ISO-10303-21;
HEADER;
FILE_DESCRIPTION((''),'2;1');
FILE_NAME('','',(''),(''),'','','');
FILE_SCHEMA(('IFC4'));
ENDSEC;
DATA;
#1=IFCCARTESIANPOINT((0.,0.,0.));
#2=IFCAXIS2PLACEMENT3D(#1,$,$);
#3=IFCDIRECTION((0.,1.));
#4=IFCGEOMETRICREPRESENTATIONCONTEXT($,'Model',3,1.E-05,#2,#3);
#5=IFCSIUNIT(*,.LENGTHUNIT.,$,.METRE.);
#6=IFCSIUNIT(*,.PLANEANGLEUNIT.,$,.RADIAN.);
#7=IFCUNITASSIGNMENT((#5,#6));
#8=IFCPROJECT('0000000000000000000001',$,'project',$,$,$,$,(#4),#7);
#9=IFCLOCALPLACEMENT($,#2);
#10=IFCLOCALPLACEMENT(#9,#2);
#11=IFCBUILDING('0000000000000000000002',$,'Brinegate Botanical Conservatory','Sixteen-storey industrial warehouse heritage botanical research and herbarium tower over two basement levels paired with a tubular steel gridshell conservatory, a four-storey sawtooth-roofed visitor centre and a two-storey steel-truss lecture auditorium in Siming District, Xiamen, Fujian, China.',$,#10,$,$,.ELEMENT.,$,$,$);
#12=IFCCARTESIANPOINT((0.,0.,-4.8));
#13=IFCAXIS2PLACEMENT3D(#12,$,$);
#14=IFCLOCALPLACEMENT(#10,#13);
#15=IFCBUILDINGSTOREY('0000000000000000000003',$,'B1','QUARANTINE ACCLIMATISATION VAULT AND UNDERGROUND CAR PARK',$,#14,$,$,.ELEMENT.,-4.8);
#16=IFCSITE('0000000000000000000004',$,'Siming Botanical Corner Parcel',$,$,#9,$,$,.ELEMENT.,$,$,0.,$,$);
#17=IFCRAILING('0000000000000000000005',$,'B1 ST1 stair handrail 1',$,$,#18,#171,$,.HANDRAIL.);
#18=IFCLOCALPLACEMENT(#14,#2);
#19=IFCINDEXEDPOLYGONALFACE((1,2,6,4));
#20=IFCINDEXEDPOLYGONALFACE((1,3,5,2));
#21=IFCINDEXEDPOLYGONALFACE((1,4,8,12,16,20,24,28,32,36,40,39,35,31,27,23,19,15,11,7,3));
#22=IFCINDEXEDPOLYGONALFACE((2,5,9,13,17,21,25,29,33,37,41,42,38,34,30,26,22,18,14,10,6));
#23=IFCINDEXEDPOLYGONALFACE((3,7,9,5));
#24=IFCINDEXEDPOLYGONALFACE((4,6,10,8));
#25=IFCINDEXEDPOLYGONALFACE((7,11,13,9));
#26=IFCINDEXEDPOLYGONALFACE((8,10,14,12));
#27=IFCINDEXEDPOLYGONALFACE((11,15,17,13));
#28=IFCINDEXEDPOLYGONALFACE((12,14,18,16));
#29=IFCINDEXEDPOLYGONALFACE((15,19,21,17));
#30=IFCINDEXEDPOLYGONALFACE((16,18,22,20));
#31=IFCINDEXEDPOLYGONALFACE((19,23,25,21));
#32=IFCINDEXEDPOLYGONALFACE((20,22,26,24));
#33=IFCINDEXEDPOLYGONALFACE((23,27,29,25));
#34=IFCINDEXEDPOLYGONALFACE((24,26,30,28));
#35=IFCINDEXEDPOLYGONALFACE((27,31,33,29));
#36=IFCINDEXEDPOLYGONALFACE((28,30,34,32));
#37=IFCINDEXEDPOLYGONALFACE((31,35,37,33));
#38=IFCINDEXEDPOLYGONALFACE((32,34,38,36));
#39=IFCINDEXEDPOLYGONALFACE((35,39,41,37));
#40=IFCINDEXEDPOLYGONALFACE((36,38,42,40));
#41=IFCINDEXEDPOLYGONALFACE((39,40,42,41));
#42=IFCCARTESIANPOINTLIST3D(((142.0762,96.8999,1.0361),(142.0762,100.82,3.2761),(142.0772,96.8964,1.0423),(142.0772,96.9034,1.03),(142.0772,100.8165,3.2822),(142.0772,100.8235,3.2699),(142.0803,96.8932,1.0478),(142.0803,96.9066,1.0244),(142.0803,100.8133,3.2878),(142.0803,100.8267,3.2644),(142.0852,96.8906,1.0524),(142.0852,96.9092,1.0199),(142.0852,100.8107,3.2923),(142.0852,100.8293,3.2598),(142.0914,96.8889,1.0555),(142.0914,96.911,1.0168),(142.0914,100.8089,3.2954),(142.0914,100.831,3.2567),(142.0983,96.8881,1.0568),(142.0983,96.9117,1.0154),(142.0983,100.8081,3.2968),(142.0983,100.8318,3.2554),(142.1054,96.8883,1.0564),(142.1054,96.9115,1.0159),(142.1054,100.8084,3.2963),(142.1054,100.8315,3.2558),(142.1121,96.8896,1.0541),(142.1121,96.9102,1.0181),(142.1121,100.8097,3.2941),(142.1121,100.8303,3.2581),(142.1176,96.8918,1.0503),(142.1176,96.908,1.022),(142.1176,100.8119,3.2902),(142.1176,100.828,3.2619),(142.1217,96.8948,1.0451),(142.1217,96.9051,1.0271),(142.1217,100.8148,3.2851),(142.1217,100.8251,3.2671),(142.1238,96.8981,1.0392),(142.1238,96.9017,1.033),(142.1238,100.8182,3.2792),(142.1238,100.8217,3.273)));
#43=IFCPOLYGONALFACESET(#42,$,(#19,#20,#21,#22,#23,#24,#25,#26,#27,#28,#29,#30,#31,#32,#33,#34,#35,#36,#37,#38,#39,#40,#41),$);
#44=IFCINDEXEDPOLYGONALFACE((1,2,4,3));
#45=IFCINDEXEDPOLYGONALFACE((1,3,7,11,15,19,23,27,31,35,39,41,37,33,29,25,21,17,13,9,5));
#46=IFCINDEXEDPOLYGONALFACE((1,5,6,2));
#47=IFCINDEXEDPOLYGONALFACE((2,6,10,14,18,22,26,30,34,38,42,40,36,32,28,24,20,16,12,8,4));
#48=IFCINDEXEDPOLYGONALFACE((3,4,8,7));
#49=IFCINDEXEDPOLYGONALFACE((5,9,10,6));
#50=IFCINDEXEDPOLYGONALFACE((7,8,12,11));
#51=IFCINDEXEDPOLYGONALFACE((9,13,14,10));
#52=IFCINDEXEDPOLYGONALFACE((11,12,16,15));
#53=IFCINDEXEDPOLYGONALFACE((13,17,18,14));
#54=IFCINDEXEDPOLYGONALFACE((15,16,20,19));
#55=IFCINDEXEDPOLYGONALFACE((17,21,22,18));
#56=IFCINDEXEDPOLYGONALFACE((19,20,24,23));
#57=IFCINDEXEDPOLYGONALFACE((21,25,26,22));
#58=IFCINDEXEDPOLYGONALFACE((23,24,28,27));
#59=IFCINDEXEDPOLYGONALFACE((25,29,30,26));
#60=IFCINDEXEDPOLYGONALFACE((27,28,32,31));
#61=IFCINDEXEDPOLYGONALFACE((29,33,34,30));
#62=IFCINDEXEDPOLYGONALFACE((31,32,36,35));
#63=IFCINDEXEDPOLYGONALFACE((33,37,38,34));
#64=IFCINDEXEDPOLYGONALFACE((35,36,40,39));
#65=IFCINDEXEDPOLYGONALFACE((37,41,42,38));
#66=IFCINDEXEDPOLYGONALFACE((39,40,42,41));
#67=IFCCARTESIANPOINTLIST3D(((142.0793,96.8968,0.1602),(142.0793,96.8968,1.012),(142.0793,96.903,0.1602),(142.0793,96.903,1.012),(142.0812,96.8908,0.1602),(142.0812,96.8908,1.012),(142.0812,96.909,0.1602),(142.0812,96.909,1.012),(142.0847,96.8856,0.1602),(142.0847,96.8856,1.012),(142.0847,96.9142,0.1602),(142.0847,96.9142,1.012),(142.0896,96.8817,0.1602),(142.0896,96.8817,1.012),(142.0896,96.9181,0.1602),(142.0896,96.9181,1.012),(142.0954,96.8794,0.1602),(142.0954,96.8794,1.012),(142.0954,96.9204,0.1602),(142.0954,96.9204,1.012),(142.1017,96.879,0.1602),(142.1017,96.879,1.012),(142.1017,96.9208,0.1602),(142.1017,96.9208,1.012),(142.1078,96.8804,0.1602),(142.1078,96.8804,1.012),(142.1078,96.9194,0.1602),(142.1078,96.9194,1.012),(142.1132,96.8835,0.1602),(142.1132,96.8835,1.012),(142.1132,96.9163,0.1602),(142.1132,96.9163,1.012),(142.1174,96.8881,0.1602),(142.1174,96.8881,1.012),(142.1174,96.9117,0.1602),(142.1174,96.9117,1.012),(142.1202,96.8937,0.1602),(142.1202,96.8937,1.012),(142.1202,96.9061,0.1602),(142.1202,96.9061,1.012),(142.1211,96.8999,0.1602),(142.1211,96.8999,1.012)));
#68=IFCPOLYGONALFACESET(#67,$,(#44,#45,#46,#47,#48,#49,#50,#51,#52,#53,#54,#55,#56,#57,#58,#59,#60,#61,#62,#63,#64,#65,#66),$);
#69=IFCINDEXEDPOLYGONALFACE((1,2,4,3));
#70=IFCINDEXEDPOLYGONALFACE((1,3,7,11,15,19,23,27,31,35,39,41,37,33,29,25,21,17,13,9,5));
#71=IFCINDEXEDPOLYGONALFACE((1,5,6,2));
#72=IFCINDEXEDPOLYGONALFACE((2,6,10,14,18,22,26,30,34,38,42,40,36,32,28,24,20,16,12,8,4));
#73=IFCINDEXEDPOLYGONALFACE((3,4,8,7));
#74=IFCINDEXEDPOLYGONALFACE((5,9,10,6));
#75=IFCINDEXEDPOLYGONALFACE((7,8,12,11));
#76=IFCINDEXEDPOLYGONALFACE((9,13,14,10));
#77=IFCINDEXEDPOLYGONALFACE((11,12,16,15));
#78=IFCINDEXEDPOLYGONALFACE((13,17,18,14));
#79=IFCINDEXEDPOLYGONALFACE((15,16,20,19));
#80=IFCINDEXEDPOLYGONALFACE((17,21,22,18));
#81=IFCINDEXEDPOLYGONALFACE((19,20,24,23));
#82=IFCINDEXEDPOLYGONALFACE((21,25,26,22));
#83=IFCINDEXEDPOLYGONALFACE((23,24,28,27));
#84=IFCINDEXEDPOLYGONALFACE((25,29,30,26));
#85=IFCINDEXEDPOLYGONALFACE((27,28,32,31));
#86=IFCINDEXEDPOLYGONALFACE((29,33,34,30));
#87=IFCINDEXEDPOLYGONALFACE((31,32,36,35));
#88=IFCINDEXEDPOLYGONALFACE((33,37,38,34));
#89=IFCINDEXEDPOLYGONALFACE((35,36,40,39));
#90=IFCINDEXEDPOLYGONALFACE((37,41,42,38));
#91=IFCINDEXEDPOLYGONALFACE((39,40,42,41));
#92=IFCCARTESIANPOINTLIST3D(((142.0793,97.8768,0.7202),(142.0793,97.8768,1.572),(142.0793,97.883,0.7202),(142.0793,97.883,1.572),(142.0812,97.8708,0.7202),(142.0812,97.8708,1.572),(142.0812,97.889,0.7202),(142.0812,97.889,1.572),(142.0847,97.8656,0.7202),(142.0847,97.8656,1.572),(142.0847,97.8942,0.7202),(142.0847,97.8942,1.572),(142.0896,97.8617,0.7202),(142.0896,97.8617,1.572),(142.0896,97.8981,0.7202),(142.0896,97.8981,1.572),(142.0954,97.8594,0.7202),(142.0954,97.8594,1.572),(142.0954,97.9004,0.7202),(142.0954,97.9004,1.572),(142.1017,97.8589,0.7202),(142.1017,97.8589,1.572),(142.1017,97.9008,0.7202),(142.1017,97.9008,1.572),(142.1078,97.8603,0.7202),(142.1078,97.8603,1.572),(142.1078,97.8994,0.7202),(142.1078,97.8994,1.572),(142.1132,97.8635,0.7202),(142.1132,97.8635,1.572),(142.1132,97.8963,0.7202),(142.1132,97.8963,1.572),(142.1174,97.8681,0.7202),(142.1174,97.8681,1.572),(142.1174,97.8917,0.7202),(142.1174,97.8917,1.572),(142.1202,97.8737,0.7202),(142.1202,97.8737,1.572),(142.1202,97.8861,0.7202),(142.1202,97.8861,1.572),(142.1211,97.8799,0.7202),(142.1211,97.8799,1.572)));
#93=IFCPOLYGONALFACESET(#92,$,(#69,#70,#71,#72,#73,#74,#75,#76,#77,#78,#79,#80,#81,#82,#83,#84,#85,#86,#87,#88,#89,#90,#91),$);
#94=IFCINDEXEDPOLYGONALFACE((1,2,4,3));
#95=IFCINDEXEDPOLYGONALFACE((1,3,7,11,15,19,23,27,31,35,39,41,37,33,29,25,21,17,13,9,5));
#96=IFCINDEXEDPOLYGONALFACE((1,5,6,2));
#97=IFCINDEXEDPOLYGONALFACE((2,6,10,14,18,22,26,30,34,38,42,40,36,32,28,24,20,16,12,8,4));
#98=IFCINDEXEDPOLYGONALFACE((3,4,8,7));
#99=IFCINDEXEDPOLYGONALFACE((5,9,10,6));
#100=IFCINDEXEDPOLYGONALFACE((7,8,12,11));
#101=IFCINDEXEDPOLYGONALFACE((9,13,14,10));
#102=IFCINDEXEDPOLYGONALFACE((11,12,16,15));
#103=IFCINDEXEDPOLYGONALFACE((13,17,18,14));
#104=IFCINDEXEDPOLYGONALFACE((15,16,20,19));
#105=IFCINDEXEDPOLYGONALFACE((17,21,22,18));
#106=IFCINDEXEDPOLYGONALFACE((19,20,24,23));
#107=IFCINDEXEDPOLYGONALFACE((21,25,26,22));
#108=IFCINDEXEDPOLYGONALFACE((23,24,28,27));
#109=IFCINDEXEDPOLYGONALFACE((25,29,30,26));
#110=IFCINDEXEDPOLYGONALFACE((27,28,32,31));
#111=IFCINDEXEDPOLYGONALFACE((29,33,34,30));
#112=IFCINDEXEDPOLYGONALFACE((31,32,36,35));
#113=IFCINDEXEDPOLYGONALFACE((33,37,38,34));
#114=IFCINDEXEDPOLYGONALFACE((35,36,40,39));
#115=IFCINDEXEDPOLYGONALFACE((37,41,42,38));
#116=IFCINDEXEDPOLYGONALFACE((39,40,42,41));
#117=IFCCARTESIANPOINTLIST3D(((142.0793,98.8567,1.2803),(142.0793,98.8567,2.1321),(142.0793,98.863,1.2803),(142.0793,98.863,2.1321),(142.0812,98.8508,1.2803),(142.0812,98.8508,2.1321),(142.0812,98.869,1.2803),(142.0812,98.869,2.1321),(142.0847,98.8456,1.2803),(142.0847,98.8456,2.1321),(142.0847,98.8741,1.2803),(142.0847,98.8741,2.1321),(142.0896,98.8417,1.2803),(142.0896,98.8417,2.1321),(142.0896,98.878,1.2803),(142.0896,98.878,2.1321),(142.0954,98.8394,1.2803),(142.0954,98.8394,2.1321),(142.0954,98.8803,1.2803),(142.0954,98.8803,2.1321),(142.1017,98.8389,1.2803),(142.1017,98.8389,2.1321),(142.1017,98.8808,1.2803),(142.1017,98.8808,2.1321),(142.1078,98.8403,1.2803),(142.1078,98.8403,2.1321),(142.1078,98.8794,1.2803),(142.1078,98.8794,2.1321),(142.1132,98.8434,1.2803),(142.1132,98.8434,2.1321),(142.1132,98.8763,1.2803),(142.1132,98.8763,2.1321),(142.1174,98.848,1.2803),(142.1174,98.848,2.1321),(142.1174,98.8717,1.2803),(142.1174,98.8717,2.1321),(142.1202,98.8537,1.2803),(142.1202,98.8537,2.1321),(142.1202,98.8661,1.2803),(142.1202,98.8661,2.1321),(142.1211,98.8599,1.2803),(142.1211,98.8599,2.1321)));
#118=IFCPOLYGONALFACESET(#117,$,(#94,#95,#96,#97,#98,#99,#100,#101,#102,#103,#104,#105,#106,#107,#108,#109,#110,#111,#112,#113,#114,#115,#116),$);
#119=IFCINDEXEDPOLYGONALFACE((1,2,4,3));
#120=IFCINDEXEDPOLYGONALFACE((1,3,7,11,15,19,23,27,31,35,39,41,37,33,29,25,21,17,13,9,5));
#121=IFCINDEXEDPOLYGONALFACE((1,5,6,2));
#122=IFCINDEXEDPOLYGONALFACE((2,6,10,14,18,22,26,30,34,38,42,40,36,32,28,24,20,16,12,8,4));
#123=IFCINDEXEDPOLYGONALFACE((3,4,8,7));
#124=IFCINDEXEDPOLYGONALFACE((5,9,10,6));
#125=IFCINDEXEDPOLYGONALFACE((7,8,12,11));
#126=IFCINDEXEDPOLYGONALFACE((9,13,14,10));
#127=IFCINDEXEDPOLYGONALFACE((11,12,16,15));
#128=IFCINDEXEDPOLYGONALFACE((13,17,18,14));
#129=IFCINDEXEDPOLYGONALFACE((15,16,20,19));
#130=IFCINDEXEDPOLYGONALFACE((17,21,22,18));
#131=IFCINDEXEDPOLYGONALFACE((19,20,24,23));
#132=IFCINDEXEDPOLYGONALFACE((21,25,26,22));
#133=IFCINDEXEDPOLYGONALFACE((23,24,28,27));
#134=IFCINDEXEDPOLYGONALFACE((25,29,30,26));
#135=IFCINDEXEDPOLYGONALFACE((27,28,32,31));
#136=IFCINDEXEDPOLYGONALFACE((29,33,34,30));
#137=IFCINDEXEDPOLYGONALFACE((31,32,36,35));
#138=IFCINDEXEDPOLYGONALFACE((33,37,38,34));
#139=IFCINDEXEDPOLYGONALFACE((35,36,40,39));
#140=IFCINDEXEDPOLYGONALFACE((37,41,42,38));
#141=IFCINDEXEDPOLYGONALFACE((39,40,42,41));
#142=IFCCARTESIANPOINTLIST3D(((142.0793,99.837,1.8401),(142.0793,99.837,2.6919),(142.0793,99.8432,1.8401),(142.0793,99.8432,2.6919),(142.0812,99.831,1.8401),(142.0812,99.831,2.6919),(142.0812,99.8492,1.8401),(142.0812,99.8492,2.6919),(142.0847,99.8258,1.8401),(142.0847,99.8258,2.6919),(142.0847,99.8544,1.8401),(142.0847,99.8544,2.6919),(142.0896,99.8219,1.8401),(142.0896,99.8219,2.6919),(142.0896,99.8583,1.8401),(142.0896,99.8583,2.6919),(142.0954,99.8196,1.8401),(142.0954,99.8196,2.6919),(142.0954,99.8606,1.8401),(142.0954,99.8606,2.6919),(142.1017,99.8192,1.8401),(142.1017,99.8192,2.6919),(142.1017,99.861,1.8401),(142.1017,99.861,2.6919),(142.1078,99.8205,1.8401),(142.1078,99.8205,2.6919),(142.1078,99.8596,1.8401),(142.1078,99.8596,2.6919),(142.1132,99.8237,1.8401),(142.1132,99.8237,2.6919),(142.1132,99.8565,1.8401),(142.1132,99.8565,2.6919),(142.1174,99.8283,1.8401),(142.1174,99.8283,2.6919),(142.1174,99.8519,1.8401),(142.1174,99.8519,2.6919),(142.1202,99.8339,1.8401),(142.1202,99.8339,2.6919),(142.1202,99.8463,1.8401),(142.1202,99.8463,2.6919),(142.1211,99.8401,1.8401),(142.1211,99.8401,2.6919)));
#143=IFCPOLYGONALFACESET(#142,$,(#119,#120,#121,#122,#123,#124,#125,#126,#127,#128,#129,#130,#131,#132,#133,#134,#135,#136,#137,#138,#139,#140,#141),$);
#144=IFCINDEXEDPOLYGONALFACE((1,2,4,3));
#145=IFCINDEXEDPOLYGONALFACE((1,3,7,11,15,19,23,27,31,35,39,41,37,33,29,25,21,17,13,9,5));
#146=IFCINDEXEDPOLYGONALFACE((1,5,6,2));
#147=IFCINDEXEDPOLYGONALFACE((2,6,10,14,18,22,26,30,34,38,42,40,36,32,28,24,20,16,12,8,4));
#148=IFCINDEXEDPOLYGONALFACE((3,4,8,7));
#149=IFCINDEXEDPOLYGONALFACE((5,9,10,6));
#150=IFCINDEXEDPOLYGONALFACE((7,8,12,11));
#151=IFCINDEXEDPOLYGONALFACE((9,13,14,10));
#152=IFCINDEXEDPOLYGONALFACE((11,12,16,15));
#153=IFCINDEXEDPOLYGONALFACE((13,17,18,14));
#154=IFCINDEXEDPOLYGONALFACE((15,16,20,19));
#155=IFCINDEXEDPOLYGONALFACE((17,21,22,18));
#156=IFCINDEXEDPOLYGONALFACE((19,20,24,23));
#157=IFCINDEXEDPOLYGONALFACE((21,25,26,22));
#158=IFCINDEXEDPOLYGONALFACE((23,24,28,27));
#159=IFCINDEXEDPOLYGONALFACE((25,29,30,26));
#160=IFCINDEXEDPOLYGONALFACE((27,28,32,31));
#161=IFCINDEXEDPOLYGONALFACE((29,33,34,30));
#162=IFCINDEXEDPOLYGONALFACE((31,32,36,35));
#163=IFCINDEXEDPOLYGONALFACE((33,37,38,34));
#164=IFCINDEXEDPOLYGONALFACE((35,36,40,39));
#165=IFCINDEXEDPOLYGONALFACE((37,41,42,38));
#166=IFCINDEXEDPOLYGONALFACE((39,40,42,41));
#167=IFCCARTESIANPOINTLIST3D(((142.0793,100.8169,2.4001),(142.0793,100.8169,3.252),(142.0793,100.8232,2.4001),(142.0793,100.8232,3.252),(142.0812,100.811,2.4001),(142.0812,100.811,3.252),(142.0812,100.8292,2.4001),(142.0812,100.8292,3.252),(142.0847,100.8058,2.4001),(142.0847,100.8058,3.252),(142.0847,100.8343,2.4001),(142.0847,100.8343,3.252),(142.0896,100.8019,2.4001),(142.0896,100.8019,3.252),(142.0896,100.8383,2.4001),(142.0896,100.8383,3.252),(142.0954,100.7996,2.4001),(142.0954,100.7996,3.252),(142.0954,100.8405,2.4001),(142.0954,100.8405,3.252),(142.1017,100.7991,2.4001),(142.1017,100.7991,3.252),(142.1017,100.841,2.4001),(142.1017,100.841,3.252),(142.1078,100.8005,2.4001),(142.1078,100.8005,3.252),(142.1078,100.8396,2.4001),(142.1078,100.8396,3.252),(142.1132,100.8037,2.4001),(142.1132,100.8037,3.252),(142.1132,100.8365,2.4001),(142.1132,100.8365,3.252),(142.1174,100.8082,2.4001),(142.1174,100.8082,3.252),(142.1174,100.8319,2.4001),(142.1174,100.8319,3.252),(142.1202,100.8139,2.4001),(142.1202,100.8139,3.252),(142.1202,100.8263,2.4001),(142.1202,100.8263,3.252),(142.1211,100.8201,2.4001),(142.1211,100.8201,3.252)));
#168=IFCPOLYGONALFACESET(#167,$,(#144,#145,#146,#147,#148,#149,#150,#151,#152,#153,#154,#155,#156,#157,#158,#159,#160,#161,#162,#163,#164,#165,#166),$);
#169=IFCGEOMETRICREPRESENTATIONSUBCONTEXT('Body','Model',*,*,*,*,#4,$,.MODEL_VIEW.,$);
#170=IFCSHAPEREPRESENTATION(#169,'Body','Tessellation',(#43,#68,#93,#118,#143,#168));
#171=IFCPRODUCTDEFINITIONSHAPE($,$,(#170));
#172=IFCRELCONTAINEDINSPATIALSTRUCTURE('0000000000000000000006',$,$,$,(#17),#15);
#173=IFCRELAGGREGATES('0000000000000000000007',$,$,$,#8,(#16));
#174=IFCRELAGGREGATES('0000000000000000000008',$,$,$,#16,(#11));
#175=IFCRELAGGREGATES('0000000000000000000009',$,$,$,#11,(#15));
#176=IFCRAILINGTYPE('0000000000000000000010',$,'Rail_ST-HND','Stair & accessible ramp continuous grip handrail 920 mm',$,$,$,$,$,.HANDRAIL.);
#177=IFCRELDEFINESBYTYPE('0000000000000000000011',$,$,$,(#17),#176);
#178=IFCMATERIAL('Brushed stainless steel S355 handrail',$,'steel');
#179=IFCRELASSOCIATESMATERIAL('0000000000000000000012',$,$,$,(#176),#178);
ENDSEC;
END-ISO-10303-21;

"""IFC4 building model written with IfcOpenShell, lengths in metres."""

from ifc_helpers import new_model, si_unit, direction, frame, origin, origin_2d, place, context, subcontext, project, spatial, circle, extrude, material, type_object, element, save


model = new_model("IFC4")

# Units and contexts
model_context = context("Model", 3, precision=1e-05, world=origin(), true_north=direction((0.0, 1.0)))
body_context = subcontext(model_context, "Body", "Model", "MODEL_VIEW")
ifc_project = project(units=[si_unit("LENGTHUNIT", "METRE"), si_unit("PLANEANGLEUNIT", "RADIAN")], contexts=[model_context])

# Site, building, storey
site_placement = place(None, origin())
site = spatial("IfcSite", under=ifc_project, at=site_placement, Name="Siming Botanical Corner Parcel", CompositionType="ELEMENT", RefElevation=0.0)
building_placement = place(site_placement, origin())
building = spatial("IfcBuilding", under=site, at=building_placement, Name="Brinegate Botanical Conservatory", Description="Sixteen-storey industrial warehouse heritage botanical research and herbarium tower over two basement levels paired with a tubular steel gridshell conservatory, a four-storey sawtooth-roofed visitor centre and a two-storey steel-truss lecture auditorium in Siming District, Xiamen, Fujian, China.", CompositionType="ELEMENT")
storey_placement = place(building_placement, frame((0.0, 0.0, -4.8)))
storey = spatial("IfcBuildingStorey", under=building, at=storey_placement, Name="B1", Description="QUARANTINE ACCLIMATISATION VAULT AND UNDERGROUND CAR PARK", CompositionType="ELEMENT", Elevation=-4.8)

# Railing
ifc_material_1 = material(Name="Brushed stainless steel S355 handrail", Category="steel")
railing_type_1 = type_object("IfcRailingType", Name="Rail_ST-HND", Description="Stair & accessible ramp continuous grip handrail 920 mm", PredefinedType="HANDRAIL", material=ifc_material_1)
railing_1_placement = place(storey_placement, frame((142.1001, 96.8999, 0.1602)))
element("IfcRailing", 1, at=railing_1_placement, inside=storey, type_object=railing_type_1, Name="B1 ST1 stair handrail 1", PredefinedType="HANDRAIL", context=body_context, shape_type="SweptSolid", body=[
    extrude(circle(Radius=0.0239, at=origin_2d()), frame((0.0, 0.0, 0.876), z_axis=(0.0, 0.868253, 0.496121), x_axis=(-1.0, 0.0, 0.0)), (0.0, 0.0, 1.0), 4.5149),
    extrude(circle(Radius=0.021, at=origin_2d()), origin(), (0.0, 0.0, 1.0), 0.8518),
    extrude(circle(Radius=0.021, at=origin_2d()), frame((0.0, 0.98, 0.5601)), (0.0, 0.0, 1.0), 0.8518),
    extrude(circle(Radius=0.021, at=origin_2d()), frame((0.0, 1.96, 1.1201)), (0.0, 0.0, 1.0), 0.8518),
    extrude(circle(Radius=0.021, at=origin_2d()), frame((0.0, 2.9402, 1.6799)), (0.0, 0.0, 1.0), 0.8518),
    extrude(circle(Radius=0.021, at=origin_2d()), frame((0.0, 3.9202, 2.24)), (0.0, 0.0, 1.0), 0.8518),
])

save(model, "model.ifc")
